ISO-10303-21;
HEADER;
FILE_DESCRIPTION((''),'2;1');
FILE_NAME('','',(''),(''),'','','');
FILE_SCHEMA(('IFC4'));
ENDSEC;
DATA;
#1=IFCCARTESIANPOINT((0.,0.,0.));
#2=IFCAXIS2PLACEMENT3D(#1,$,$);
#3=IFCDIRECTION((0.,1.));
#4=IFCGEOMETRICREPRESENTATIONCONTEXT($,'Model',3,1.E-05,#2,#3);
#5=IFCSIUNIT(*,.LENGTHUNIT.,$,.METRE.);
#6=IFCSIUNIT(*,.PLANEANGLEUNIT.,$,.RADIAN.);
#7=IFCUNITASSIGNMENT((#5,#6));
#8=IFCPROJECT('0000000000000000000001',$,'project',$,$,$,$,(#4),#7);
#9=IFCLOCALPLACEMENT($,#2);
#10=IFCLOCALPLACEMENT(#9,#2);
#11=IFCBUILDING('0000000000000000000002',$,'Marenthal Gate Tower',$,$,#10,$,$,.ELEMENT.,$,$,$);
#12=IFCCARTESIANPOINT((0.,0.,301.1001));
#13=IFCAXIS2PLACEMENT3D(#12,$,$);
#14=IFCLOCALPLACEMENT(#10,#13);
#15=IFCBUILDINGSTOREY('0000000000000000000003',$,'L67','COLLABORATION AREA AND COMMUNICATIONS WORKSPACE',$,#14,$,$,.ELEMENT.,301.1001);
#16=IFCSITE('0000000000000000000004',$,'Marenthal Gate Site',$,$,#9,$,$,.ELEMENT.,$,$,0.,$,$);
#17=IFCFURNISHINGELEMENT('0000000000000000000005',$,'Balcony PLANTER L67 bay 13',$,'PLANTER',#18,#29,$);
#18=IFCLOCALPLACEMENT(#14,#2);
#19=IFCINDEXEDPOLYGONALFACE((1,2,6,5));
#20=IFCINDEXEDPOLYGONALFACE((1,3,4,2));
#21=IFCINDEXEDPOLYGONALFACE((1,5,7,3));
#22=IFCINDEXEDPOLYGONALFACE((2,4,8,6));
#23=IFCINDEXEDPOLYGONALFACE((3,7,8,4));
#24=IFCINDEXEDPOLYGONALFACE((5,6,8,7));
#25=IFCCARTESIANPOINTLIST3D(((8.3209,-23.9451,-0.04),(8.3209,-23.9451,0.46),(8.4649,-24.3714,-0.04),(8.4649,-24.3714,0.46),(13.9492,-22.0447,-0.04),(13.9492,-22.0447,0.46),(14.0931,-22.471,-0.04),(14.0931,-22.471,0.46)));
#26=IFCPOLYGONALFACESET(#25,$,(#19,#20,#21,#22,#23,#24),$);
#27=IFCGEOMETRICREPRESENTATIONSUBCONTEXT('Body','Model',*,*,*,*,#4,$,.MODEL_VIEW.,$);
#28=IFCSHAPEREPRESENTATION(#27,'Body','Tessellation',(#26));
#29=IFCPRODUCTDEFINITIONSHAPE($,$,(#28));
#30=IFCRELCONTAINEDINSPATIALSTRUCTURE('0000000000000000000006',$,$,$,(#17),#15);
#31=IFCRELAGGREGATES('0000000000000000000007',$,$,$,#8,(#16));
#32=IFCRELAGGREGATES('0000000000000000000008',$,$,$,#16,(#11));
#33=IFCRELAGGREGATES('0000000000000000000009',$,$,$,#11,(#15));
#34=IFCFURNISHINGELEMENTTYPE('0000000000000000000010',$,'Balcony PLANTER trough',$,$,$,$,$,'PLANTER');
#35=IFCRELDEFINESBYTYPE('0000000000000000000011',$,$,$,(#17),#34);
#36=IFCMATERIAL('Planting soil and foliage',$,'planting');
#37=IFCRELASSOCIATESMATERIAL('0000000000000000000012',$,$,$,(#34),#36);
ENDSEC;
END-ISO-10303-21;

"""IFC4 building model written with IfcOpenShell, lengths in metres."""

from ifc_helpers import new_model, si_unit, direction, frame, origin, origin_2d, place, context, subcontext, project, spatial, rectangle, extrude, material, type_object, element, save


model = new_model("IFC4")

# Units and contexts
model_context = context("Model", 3, precision=1e-05, world=origin(), true_north=direction((0.0, 1.0)))
body_context = subcontext(model_context, "Body", "Model", "MODEL_VIEW")
ifc_project = project(units=[si_unit("LENGTHUNIT", "METRE"), si_unit("PLANEANGLEUNIT", "RADIAN")], contexts=[model_context])

# Site, building, storey
site_placement = place(None, origin())
site = spatial("IfcSite", under=ifc_project, at=site_placement, Name="Marenthal Gate Site", CompositionType="ELEMENT", RefElevation=0.0)
building_placement = place(site_placement, origin())
building = spatial("IfcBuilding", under=site, at=building_placement, Name="Marenthal Gate Tower", CompositionType="ELEMENT")
storey_placement = place(building_placement, frame((0.0, 0.0, 301.1001)))
storey = spatial("IfcBuildingStorey", under=building, at=storey_placement, Name="L67", Description="COLLABORATION AREA AND COMMUNICATIONS WORKSPACE", CompositionType="ELEMENT", Elevation=301.1001)

# Furnishing element
ifc_material_1 = material(Name="Planting soil and foliage", Category="planting")
furnishing_element_type = type_object("IfcFurnishingElementType", Name="Balcony PLANTER trough", ElementType="PLANTER", material=ifc_material_1)
furnishing_placement = place(storey_placement, frame((11.207, -23.208, -0.04), z_axis=(0.0, 0.0, 1.0), x_axis=(0.947448, 0.31991, 0.0)))
element("IfcFurnishingElement", 1, at=furnishing_placement, inside=storey, type_object=furnishing_element_type, Name="Balcony PLANTER L67 bay 13", ObjectType="PLANTER", context=body_context, shape_type="SweptSolid", body=[
    extrude(rectangle(XDim=5.9404, YDim=0.45, at=origin_2d()), origin(), (0.0, 0.0, 1.0), 0.5),
])

save(model, "model.ifc")
